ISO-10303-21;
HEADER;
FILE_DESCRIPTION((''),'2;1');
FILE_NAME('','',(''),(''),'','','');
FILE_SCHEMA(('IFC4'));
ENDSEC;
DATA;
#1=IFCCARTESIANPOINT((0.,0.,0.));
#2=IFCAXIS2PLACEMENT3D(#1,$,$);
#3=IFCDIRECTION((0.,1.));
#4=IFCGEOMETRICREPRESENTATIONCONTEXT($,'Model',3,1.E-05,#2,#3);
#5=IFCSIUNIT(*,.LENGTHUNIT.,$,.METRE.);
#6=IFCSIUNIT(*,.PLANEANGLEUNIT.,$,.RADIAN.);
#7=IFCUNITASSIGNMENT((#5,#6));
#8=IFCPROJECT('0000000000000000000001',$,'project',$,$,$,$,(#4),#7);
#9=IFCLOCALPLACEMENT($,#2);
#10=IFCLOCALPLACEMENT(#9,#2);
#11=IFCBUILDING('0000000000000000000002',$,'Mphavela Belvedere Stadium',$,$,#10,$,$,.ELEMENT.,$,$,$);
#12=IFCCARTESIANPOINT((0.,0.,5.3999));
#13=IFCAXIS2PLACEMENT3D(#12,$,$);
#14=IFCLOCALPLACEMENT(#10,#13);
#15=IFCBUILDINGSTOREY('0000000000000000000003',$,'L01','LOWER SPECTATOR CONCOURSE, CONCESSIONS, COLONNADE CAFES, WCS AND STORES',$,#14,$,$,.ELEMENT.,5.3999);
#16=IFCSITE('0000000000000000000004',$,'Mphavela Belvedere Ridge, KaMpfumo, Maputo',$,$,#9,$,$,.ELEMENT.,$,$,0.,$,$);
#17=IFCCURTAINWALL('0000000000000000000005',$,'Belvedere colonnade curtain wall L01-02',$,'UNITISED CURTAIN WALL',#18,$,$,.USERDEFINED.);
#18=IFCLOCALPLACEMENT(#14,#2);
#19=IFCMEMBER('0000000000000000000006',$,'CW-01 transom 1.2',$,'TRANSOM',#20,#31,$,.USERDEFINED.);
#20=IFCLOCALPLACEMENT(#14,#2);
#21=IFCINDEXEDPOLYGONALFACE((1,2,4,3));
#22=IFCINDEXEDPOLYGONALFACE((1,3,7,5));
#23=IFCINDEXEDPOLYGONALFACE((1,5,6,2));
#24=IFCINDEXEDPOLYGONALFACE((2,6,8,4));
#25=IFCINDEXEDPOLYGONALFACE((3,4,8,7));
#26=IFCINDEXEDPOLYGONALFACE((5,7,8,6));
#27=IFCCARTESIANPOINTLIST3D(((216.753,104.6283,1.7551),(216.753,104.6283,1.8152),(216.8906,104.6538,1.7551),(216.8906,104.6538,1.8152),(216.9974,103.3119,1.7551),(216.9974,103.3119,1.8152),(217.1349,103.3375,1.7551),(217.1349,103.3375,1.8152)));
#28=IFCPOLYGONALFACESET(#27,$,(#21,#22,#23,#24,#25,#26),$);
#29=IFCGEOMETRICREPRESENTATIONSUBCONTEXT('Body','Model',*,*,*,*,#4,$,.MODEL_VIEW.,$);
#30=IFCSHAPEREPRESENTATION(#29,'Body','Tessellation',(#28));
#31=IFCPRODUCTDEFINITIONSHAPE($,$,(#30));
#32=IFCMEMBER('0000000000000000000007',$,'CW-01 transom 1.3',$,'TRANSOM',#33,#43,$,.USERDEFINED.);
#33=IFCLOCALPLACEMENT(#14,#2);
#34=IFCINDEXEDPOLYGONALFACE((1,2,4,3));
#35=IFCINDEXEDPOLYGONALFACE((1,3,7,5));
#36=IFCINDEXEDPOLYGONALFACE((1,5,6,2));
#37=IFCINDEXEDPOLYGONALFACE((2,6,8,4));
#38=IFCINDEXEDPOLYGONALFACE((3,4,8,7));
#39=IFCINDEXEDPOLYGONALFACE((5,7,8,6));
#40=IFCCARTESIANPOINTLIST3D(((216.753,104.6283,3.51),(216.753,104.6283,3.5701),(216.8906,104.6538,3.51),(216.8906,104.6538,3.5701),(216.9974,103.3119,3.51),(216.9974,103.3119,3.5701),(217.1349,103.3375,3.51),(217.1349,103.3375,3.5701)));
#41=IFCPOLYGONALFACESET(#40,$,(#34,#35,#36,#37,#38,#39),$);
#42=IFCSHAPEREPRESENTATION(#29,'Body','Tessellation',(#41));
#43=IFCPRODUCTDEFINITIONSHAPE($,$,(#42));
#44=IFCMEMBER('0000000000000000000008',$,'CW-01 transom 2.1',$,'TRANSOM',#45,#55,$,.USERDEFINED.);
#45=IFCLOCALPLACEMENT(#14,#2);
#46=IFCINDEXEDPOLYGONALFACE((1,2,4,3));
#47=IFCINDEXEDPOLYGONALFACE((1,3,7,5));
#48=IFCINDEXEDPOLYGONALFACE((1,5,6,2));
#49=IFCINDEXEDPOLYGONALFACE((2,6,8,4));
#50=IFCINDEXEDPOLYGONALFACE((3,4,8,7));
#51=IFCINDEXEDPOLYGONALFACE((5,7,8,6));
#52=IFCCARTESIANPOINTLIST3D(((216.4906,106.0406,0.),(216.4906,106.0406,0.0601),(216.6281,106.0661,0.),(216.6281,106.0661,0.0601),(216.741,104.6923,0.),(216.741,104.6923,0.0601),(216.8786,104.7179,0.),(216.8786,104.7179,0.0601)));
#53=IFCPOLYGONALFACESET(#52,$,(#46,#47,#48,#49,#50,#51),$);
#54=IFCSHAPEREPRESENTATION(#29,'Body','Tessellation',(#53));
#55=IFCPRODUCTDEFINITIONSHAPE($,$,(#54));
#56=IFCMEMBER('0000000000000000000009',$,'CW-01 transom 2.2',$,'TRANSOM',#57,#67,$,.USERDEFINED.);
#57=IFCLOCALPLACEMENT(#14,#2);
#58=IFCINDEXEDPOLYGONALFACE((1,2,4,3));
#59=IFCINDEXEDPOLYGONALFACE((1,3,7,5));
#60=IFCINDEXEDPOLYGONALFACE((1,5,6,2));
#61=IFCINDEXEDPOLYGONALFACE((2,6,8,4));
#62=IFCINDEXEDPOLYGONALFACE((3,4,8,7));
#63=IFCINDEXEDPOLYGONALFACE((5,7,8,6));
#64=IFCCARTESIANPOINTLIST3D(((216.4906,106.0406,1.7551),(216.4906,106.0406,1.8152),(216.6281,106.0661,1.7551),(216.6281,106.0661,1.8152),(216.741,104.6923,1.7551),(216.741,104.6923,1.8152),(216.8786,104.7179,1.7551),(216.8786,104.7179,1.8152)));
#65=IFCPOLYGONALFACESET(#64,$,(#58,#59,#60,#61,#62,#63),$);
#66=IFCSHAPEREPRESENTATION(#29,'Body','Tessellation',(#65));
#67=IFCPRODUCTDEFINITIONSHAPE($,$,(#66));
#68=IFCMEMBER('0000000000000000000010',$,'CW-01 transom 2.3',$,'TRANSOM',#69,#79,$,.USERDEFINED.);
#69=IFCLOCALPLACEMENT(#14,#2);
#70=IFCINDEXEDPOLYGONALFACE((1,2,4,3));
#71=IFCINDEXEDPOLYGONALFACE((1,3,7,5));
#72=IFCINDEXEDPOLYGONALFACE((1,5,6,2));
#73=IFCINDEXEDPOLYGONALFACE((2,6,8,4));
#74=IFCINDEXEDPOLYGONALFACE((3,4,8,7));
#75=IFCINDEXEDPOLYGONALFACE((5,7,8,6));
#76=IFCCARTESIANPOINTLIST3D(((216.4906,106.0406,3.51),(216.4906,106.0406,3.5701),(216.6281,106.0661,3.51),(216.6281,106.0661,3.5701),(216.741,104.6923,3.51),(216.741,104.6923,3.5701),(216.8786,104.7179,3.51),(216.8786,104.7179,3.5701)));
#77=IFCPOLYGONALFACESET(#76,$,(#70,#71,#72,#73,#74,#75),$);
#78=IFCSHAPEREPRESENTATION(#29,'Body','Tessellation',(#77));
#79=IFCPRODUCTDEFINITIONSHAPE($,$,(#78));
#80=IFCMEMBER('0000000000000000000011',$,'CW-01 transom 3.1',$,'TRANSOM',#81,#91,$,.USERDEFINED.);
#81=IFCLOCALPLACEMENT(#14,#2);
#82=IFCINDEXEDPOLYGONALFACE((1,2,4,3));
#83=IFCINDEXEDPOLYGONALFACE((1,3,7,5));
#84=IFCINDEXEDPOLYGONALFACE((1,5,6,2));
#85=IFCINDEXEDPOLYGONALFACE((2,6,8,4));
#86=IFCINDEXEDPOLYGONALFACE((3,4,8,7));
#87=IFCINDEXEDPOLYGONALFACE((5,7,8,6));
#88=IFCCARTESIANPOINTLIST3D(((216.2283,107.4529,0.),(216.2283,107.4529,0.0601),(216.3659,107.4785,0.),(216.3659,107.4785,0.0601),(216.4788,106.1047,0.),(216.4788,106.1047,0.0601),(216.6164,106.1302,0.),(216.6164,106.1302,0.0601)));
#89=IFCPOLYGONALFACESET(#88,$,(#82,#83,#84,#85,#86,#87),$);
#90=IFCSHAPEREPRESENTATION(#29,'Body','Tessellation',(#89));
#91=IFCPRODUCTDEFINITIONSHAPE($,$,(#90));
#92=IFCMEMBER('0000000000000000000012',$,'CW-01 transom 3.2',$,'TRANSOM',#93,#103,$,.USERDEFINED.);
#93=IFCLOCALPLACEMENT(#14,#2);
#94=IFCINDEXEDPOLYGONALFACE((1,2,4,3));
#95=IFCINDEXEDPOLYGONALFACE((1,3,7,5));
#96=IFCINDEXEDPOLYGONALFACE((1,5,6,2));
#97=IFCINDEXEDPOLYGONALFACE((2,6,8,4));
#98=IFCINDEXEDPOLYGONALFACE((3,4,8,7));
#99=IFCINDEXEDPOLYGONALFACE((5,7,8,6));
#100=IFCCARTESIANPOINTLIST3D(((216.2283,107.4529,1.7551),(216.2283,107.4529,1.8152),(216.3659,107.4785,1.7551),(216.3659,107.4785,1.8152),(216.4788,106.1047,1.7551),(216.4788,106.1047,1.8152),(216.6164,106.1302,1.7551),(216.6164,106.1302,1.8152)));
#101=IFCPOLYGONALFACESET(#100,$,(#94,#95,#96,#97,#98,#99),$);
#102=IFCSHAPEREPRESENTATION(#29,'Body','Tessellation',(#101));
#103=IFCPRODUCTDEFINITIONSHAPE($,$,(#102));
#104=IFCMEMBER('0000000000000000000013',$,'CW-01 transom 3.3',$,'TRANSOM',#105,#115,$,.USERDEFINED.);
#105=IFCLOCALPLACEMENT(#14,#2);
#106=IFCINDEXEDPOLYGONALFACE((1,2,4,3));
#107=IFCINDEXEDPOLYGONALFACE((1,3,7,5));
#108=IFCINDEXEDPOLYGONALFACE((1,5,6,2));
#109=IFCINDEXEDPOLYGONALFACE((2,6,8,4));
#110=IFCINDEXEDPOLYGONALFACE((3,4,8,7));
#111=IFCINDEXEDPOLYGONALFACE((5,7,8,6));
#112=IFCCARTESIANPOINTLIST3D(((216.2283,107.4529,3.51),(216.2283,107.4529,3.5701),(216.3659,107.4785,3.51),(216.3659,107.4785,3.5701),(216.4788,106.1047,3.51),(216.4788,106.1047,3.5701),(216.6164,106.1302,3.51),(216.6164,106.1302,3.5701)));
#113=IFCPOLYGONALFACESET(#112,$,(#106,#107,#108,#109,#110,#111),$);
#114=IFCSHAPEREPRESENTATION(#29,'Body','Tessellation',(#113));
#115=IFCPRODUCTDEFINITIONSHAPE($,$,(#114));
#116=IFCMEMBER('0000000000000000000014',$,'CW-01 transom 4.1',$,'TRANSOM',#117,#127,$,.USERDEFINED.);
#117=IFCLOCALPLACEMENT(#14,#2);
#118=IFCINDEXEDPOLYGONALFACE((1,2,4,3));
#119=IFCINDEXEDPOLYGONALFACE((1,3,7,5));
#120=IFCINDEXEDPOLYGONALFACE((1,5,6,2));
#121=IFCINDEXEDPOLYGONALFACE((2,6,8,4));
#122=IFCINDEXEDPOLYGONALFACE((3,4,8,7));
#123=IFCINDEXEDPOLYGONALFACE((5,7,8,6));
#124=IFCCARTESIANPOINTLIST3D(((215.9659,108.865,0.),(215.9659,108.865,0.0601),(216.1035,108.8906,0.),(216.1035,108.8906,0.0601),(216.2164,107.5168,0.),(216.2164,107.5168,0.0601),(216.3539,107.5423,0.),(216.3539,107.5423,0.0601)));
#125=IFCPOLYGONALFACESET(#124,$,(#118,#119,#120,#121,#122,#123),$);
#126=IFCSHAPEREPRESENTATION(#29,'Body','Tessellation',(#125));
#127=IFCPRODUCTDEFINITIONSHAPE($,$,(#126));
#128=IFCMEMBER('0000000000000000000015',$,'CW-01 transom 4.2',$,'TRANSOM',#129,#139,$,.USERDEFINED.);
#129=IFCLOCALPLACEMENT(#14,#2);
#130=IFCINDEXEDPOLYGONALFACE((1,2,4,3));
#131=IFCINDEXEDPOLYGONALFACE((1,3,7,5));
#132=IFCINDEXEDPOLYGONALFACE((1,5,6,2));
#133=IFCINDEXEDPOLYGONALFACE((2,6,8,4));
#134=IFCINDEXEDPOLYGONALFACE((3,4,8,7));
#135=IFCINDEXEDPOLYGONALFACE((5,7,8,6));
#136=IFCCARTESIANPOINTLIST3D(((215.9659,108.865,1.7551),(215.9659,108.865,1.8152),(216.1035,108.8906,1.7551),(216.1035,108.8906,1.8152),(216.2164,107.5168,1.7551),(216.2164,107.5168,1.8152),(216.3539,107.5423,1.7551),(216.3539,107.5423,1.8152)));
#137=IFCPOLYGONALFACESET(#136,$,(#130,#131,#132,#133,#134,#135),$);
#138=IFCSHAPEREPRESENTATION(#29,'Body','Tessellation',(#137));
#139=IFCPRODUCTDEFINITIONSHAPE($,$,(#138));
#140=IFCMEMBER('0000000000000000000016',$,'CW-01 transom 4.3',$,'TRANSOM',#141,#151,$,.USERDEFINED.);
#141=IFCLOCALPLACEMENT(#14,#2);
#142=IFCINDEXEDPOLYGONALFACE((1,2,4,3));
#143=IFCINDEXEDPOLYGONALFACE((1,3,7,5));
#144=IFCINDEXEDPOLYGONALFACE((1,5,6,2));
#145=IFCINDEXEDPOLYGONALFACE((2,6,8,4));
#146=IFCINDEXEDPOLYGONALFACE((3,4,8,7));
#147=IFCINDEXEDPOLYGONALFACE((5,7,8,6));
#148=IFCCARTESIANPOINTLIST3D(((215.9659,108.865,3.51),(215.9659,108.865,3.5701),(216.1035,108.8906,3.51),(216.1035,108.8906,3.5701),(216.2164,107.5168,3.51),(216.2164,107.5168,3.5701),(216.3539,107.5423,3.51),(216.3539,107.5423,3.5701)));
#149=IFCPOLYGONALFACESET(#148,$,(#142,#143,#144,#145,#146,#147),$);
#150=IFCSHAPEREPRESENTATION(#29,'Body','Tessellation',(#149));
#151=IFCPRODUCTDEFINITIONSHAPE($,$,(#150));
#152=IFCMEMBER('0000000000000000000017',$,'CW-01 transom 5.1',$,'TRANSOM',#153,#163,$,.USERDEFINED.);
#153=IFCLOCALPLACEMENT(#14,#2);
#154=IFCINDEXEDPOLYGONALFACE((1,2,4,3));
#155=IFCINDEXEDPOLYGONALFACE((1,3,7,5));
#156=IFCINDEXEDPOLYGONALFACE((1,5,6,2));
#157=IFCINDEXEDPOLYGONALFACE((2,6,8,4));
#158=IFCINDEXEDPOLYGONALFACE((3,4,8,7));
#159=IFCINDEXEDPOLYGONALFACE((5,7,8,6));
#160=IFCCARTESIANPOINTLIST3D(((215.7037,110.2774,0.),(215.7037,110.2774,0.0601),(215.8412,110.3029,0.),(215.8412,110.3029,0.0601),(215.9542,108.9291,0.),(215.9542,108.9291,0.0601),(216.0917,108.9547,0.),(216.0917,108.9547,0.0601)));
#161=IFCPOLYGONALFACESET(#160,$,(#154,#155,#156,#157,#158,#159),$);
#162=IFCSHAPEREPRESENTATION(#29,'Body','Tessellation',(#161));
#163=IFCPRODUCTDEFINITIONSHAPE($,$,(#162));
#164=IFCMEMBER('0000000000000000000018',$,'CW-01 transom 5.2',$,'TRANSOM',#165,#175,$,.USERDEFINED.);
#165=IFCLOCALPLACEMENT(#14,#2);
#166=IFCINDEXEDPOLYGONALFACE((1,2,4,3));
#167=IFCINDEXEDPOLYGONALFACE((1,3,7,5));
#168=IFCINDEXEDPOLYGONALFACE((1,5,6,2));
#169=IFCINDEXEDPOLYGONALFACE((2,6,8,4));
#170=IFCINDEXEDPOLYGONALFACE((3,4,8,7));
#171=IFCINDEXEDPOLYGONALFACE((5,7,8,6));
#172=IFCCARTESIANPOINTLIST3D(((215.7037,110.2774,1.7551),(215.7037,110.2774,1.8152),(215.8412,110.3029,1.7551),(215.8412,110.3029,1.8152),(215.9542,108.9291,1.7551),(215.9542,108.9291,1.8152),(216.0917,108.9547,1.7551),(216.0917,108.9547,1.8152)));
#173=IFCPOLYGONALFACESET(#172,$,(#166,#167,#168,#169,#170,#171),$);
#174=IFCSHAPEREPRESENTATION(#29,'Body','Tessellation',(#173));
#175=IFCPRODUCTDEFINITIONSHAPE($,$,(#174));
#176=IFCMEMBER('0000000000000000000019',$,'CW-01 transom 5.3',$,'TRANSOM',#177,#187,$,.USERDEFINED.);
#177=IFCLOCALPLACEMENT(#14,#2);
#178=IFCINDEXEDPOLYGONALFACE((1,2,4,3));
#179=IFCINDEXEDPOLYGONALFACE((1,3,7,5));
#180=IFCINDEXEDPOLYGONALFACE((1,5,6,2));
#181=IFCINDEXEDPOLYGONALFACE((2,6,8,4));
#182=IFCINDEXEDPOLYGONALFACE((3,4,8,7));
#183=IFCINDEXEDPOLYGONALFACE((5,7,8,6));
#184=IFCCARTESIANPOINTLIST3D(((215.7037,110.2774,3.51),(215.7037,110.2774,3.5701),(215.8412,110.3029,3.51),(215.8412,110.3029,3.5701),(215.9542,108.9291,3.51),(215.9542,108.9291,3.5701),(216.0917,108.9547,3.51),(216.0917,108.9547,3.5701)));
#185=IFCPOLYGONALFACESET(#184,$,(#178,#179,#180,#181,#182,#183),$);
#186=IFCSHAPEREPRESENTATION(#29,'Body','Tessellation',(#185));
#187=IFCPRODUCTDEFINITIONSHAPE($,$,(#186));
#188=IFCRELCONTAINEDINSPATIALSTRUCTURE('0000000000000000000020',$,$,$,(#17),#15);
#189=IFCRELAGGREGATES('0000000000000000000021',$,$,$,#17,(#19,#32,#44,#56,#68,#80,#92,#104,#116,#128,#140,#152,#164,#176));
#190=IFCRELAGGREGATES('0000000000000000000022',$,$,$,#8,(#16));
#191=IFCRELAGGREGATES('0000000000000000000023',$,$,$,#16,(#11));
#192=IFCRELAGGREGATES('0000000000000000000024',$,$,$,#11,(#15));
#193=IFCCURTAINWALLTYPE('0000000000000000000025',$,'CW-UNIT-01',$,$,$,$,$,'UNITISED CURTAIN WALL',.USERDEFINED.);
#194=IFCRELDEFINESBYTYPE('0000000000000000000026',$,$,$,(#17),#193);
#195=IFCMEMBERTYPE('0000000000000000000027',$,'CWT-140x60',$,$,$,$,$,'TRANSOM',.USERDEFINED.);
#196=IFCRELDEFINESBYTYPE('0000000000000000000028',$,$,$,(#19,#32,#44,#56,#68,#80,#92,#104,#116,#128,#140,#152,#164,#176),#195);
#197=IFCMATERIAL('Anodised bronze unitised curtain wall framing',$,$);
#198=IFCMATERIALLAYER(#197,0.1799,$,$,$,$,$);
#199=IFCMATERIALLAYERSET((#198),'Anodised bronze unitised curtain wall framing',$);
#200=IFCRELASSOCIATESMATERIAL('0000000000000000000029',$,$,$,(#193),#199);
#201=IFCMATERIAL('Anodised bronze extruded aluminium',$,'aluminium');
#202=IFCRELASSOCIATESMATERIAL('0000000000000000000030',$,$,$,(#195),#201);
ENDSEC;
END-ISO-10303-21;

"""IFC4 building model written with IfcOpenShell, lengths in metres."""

from ifc_helpers import new_model, si_unit, direction, frame, origin, origin_2d, place, context, subcontext, project, spatial, rectangle, extrude, material, layer, layer_set, material_profile, profile_set, type_object, element, aggregate, save


model = new_model("IFC4")

# Units and contexts
model_context = context("Model", 3, precision=1e-05, world=origin(), true_north=direction((0.0, 1.0)))
body_context = subcontext(model_context, "Body", "Model", "MODEL_VIEW")
ifc_project = project(units=[si_unit("LENGTHUNIT", "METRE"), si_unit("PLANEANGLEUNIT", "RADIAN")], contexts=[model_context])

# Site, building, storey
site_placement = place(None, origin())
site = spatial("IfcSite", under=ifc_project, at=site_placement, Name="Mphavela Belvedere Ridge, KaMpfumo, Maputo", CompositionType="ELEMENT", RefElevation=0.0)
building_placement = place(site_placement, origin())
building = spatial("IfcBuilding", under=site, at=building_placement, Name="Mphavela Belvedere Stadium", CompositionType="ELEMENT")
storey_placement = place(building_placement, frame((0.0, 0.0, 5.3999)))
storey = spatial("IfcBuildingStorey", under=building, at=storey_placement, Name="L01", Description="LOWER SPECTATOR CONCOURSE, CONCESSIONS, COLONNADE CAFES, WCS AND STORES", CompositionType="ELEMENT", Elevation=5.3999)

# Curtain wall, members
ifc_material_1 = material(Name="Anodised bronze unitised curtain wall framing")
ifc_layer_1 = layer(ifc_material_1, 0.1799)
ifc_layer_set_1 = layer_set([ifc_layer_1], Name="Anodised bronze unitised curtain wall framing")
curtain_wall_type = type_object("IfcCurtainWallType", Name="CW-UNIT-01", ElementType="UNITISED CURTAIN WALL", PredefinedType="USERDEFINED", material=ifc_layer_set_1)
curtain_wall_placement = place(storey_placement, origin())
curtain_wall = element("IfcCurtainWall", 1, at=curtain_wall_placement, inside=storey, type_object=curtain_wall_type, Name="Belvedere colonnade curtain wall L01-02", ObjectType="UNITISED CURTAIN WALL", PredefinedType="USERDEFINED")
ifc_material_2 = material(Name="Anodised bronze extruded aluminium", Category="aluminium")
ifc_material_profile_1 = material_profile(ifc_material_2, rectangle(XDim=0.1399, YDim=0.0601, at=origin_2d()), Name="CW-TRN 140x60")
ifc_profile_set_1 = profile_set([ifc_material_profile_1], Name="Anodised bronze extruded aluminium")
member_type_1 = type_object("IfcMemberType", Name="CWT-140x60", ElementType="TRANSOM", PredefinedType="USERDEFINED", material=ifc_profile_set_1)
member_1_placement = place(storey_placement, frame((217.0662, 103.3247, 1.7852), z_axis=(-0.182527, 0.983201, 0.0), x_axis=(-0.983201, -0.182527, 0.0)))
member_1 = element("IfcMember", 2, at=member_1_placement, type_object=member_type_1, Name="CW-01 transom 1.2", ObjectType="TRANSOM", PredefinedType="USERDEFINED", context=body_context, shape_type="SweptSolid", body=[
    extrude(rectangle(XDim=0.1399, YDim=0.0601, at=origin_2d()), origin(), (0.0, 0.0, 1.0), 1.3389),
])
member_2_placement = place(storey_placement, frame((217.0662, 103.3247, 3.54), z_axis=(-0.182527, 0.983201, 0.0), x_axis=(-0.983201, -0.182527, 0.0)))
member_2 = element("IfcMember", 3, at=member_2_placement, type_object=member_type_1, Name="CW-01 transom 1.3", ObjectType="TRANSOM", PredefinedType="USERDEFINED", context=body_context, shape_type="SweptSolid", body=[
    extrude(rectangle(XDim=0.1399, YDim=0.0601, at=origin_2d()), origin(), (0.0, 0.0, 1.0), 1.3389),
])
member_3_placement = place(storey_placement, frame((216.8098, 104.7051, 0.03), z_axis=(-0.182644, 0.983179, 0.0), x_axis=(-0.983179, -0.182644, 0.0)))
member_3 = element("IfcMember", 4, at=member_3_placement, type_object=member_type_1, Name="CW-01 transom 2.1", ObjectType="TRANSOM", PredefinedType="USERDEFINED", context=body_context, shape_type="SweptSolid", body=[
    extrude(rectangle(XDim=0.1399, YDim=0.0601, at=origin_2d()), origin(), (0.0, 0.0, 1.0), 1.3713),
])
member_4_placement = place(storey_placement, frame((216.8098, 104.7051, 1.7852), z_axis=(-0.182644, 0.983179, 0.0), x_axis=(-0.983179, -0.182644, 0.0)))
member_4 = element("IfcMember", 5, at=member_4_placement, type_object=member_type_1, Name="CW-01 transom 2.2", ObjectType="TRANSOM", PredefinedType="USERDEFINED", context=body_context, shape_type="SweptSolid", body=[
    extrude(rectangle(XDim=0.1399, YDim=0.0601, at=origin_2d()), origin(), (0.0, 0.0, 1.0), 1.3713),
])
member_5_placement = place(storey_placement, frame((216.8098, 104.7051, 3.54), z_axis=(-0.182644, 0.983179, 0.0), x_axis=(-0.983179, -0.182644, 0.0)))
member_5 = element("IfcMember", 6, at=member_5_placement, type_object=member_type_1, Name="CW-01 transom 2.3", ObjectType="TRANSOM", PredefinedType="USERDEFINED", context=body_context, shape_type="SweptSolid", body=[
    extrude(rectangle(XDim=0.1399, YDim=0.0601, at=origin_2d()), origin(), (0.0, 0.0, 1.0), 1.3713),
])
member_6_placement = place(storey_placement, frame((216.5476, 106.1174, 0.03), z_axis=(-0.182676, 0.983173, 0.0), x_axis=(-0.983173, -0.182676, 0.0)))
member_6 = element("IfcMember", 7, at=member_6_placement, type_object=member_type_1, Name="CW-01 transom 3.1", ObjectType="TRANSOM", PredefinedType="USERDEFINED", context=body_context, shape_type="SweptSolid", body=[
    extrude(rectangle(XDim=0.1399, YDim=0.0601, at=origin_2d()), origin(), (0.0, 0.0, 1.0), 1.3713),
])
member_7_placement = place(storey_placement, frame((216.5476, 106.1174, 1.7852), z_axis=(-0.182676, 0.983173, 0.0), x_axis=(-0.983173, -0.182676, 0.0)))
member_7 = element("IfcMember", 8, at=member_7_placement, type_object=member_type_1, Name="CW-01 transom 3.2", ObjectType="TRANSOM", PredefinedType="USERDEFINED", context=body_context, shape_type="SweptSolid", body=[
    extrude(rectangle(XDim=0.1399, YDim=0.0601, at=origin_2d()), origin(), (0.0, 0.0, 1.0), 1.3713),
])
member_8_placement = place(storey_placement, frame((216.5476, 106.1174, 3.54), z_axis=(-0.182676, 0.983173, 0.0), x_axis=(-0.983173, -0.182676, 0.0)))
member_8 = element("IfcMember", 9, at=member_8_placement, type_object=member_type_1, Name="CW-01 transom 3.3", ObjectType="TRANSOM", PredefinedType="USERDEFINED", context=body_context, shape_type="SweptSolid", body=[
    extrude(rectangle(XDim=0.1399, YDim=0.0601, at=origin_2d()), origin(), (0.0, 0.0, 1.0), 1.3713),
])
member_9_placement = place(storey_placement, frame((216.2852, 107.5295, 0.03), z_axis=(-0.182644, 0.983179, 0.0), x_axis=(-0.983179, -0.182644, 0.0)))
member_9 = element("IfcMember", 10, at=member_9_placement, type_object=member_type_1, Name="CW-01 transom 4.1", ObjectType="TRANSOM", PredefinedType="USERDEFINED", context=body_context, shape_type="SweptSolid", body=[
    extrude(rectangle(XDim=0.1399, YDim=0.0601, at=origin_2d()), origin(), (0.0, 0.0, 1.0), 1.3713),
])
member_10_placement = place(storey_placement, frame((216.2852, 107.5295, 1.7852), z_axis=(-0.182644, 0.983179, 0.0), x_axis=(-0.983179, -0.182644, 0.0)))
member_10 = element("IfcMember", 11, at=member_10_placement, type_object=member_type_1, Name="CW-01 transom 4.2", ObjectType="TRANSOM", PredefinedType="USERDEFINED", context=body_context, shape_type="SweptSolid", body=[
    extrude(rectangle(XDim=0.1399, YDim=0.0601, at=origin_2d()), origin(), (0.0, 0.0, 1.0), 1.3713),
])
member_11_placement = place(storey_placement, frame((216.2852, 107.5295, 3.54), z_axis=(-0.182644, 0.983179, 0.0), x_axis=(-0.983179, -0.182644, 0.0)))
member_11 = element("IfcMember", 12, at=member_11_placement, type_object=member_type_1, Name="CW-01 transom 4.3", ObjectType="TRANSOM", PredefinedType="USERDEFINED", context=body_context, shape_type="SweptSolid", body=[
    extrude(rectangle(XDim=0.1399, YDim=0.0601, at=origin_2d()), origin(), (0.0, 0.0, 1.0), 1.3713),
])
member_12_placement = place(storey_placement, frame((216.0229, 108.9419, 0.03), z_axis=(-0.182676, 0.983173, 0.0), x_axis=(-0.983173, -0.182676, 0.0)))
member_12 = element("IfcMember", 13, at=member_12_placement, type_object=member_type_1, Name="CW-01 transom 5.1", ObjectType="TRANSOM", PredefinedType="USERDEFINED", context=body_context, shape_type="SweptSolid", body=[
    extrude(rectangle(XDim=0.1399, YDim=0.0601, at=origin_2d()), origin(), (0.0, 0.0, 1.0), 1.3713),
])
member_13_placement = place(storey_placement, frame((216.0229, 108.9419, 1.7852), z_axis=(-0.182676, 0.983173, 0.0), x_axis=(-0.983173, -0.182676, 0.0)))
member_13 = element("IfcMember", 14, at=member_13_placement, type_object=member_type_1, Name="CW-01 transom 5.2", ObjectType="TRANSOM", PredefinedType="USERDEFINED", context=body_context, shape_type="SweptSolid", body=[
    extrude(rectangle(XDim=0.1399, YDim=0.0601, at=origin_2d()), origin(), (0.0, 0.0, 1.0), 1.3713),
])
member_14_placement = place(storey_placement, frame((216.0229, 108.9419, 3.54), z_axis=(-0.182676, 0.983173, 0.0), x_axis=(-0.983173, -0.182676, 0.0)))
member_14 = element("IfcMember", 15, at=member_14_placement, type_object=member_type_1, Name="CW-01 transom 5.3", ObjectType="TRANSOM", PredefinedType="USERDEFINED", context=body_context, shape_type="SweptSolid", body=[
    extrude(rectangle(XDim=0.1399, YDim=0.0601, at=origin_2d()), origin(), (0.0, 0.0, 1.0), 1.3713),
])
aggregate(curtain_wall, [member_1, member_2, member_3, member_4, member_5, member_6, member_7, member_8, member_9, member_10, member_11, member_12, member_13, member_14])

save(model, "model.ifc")
